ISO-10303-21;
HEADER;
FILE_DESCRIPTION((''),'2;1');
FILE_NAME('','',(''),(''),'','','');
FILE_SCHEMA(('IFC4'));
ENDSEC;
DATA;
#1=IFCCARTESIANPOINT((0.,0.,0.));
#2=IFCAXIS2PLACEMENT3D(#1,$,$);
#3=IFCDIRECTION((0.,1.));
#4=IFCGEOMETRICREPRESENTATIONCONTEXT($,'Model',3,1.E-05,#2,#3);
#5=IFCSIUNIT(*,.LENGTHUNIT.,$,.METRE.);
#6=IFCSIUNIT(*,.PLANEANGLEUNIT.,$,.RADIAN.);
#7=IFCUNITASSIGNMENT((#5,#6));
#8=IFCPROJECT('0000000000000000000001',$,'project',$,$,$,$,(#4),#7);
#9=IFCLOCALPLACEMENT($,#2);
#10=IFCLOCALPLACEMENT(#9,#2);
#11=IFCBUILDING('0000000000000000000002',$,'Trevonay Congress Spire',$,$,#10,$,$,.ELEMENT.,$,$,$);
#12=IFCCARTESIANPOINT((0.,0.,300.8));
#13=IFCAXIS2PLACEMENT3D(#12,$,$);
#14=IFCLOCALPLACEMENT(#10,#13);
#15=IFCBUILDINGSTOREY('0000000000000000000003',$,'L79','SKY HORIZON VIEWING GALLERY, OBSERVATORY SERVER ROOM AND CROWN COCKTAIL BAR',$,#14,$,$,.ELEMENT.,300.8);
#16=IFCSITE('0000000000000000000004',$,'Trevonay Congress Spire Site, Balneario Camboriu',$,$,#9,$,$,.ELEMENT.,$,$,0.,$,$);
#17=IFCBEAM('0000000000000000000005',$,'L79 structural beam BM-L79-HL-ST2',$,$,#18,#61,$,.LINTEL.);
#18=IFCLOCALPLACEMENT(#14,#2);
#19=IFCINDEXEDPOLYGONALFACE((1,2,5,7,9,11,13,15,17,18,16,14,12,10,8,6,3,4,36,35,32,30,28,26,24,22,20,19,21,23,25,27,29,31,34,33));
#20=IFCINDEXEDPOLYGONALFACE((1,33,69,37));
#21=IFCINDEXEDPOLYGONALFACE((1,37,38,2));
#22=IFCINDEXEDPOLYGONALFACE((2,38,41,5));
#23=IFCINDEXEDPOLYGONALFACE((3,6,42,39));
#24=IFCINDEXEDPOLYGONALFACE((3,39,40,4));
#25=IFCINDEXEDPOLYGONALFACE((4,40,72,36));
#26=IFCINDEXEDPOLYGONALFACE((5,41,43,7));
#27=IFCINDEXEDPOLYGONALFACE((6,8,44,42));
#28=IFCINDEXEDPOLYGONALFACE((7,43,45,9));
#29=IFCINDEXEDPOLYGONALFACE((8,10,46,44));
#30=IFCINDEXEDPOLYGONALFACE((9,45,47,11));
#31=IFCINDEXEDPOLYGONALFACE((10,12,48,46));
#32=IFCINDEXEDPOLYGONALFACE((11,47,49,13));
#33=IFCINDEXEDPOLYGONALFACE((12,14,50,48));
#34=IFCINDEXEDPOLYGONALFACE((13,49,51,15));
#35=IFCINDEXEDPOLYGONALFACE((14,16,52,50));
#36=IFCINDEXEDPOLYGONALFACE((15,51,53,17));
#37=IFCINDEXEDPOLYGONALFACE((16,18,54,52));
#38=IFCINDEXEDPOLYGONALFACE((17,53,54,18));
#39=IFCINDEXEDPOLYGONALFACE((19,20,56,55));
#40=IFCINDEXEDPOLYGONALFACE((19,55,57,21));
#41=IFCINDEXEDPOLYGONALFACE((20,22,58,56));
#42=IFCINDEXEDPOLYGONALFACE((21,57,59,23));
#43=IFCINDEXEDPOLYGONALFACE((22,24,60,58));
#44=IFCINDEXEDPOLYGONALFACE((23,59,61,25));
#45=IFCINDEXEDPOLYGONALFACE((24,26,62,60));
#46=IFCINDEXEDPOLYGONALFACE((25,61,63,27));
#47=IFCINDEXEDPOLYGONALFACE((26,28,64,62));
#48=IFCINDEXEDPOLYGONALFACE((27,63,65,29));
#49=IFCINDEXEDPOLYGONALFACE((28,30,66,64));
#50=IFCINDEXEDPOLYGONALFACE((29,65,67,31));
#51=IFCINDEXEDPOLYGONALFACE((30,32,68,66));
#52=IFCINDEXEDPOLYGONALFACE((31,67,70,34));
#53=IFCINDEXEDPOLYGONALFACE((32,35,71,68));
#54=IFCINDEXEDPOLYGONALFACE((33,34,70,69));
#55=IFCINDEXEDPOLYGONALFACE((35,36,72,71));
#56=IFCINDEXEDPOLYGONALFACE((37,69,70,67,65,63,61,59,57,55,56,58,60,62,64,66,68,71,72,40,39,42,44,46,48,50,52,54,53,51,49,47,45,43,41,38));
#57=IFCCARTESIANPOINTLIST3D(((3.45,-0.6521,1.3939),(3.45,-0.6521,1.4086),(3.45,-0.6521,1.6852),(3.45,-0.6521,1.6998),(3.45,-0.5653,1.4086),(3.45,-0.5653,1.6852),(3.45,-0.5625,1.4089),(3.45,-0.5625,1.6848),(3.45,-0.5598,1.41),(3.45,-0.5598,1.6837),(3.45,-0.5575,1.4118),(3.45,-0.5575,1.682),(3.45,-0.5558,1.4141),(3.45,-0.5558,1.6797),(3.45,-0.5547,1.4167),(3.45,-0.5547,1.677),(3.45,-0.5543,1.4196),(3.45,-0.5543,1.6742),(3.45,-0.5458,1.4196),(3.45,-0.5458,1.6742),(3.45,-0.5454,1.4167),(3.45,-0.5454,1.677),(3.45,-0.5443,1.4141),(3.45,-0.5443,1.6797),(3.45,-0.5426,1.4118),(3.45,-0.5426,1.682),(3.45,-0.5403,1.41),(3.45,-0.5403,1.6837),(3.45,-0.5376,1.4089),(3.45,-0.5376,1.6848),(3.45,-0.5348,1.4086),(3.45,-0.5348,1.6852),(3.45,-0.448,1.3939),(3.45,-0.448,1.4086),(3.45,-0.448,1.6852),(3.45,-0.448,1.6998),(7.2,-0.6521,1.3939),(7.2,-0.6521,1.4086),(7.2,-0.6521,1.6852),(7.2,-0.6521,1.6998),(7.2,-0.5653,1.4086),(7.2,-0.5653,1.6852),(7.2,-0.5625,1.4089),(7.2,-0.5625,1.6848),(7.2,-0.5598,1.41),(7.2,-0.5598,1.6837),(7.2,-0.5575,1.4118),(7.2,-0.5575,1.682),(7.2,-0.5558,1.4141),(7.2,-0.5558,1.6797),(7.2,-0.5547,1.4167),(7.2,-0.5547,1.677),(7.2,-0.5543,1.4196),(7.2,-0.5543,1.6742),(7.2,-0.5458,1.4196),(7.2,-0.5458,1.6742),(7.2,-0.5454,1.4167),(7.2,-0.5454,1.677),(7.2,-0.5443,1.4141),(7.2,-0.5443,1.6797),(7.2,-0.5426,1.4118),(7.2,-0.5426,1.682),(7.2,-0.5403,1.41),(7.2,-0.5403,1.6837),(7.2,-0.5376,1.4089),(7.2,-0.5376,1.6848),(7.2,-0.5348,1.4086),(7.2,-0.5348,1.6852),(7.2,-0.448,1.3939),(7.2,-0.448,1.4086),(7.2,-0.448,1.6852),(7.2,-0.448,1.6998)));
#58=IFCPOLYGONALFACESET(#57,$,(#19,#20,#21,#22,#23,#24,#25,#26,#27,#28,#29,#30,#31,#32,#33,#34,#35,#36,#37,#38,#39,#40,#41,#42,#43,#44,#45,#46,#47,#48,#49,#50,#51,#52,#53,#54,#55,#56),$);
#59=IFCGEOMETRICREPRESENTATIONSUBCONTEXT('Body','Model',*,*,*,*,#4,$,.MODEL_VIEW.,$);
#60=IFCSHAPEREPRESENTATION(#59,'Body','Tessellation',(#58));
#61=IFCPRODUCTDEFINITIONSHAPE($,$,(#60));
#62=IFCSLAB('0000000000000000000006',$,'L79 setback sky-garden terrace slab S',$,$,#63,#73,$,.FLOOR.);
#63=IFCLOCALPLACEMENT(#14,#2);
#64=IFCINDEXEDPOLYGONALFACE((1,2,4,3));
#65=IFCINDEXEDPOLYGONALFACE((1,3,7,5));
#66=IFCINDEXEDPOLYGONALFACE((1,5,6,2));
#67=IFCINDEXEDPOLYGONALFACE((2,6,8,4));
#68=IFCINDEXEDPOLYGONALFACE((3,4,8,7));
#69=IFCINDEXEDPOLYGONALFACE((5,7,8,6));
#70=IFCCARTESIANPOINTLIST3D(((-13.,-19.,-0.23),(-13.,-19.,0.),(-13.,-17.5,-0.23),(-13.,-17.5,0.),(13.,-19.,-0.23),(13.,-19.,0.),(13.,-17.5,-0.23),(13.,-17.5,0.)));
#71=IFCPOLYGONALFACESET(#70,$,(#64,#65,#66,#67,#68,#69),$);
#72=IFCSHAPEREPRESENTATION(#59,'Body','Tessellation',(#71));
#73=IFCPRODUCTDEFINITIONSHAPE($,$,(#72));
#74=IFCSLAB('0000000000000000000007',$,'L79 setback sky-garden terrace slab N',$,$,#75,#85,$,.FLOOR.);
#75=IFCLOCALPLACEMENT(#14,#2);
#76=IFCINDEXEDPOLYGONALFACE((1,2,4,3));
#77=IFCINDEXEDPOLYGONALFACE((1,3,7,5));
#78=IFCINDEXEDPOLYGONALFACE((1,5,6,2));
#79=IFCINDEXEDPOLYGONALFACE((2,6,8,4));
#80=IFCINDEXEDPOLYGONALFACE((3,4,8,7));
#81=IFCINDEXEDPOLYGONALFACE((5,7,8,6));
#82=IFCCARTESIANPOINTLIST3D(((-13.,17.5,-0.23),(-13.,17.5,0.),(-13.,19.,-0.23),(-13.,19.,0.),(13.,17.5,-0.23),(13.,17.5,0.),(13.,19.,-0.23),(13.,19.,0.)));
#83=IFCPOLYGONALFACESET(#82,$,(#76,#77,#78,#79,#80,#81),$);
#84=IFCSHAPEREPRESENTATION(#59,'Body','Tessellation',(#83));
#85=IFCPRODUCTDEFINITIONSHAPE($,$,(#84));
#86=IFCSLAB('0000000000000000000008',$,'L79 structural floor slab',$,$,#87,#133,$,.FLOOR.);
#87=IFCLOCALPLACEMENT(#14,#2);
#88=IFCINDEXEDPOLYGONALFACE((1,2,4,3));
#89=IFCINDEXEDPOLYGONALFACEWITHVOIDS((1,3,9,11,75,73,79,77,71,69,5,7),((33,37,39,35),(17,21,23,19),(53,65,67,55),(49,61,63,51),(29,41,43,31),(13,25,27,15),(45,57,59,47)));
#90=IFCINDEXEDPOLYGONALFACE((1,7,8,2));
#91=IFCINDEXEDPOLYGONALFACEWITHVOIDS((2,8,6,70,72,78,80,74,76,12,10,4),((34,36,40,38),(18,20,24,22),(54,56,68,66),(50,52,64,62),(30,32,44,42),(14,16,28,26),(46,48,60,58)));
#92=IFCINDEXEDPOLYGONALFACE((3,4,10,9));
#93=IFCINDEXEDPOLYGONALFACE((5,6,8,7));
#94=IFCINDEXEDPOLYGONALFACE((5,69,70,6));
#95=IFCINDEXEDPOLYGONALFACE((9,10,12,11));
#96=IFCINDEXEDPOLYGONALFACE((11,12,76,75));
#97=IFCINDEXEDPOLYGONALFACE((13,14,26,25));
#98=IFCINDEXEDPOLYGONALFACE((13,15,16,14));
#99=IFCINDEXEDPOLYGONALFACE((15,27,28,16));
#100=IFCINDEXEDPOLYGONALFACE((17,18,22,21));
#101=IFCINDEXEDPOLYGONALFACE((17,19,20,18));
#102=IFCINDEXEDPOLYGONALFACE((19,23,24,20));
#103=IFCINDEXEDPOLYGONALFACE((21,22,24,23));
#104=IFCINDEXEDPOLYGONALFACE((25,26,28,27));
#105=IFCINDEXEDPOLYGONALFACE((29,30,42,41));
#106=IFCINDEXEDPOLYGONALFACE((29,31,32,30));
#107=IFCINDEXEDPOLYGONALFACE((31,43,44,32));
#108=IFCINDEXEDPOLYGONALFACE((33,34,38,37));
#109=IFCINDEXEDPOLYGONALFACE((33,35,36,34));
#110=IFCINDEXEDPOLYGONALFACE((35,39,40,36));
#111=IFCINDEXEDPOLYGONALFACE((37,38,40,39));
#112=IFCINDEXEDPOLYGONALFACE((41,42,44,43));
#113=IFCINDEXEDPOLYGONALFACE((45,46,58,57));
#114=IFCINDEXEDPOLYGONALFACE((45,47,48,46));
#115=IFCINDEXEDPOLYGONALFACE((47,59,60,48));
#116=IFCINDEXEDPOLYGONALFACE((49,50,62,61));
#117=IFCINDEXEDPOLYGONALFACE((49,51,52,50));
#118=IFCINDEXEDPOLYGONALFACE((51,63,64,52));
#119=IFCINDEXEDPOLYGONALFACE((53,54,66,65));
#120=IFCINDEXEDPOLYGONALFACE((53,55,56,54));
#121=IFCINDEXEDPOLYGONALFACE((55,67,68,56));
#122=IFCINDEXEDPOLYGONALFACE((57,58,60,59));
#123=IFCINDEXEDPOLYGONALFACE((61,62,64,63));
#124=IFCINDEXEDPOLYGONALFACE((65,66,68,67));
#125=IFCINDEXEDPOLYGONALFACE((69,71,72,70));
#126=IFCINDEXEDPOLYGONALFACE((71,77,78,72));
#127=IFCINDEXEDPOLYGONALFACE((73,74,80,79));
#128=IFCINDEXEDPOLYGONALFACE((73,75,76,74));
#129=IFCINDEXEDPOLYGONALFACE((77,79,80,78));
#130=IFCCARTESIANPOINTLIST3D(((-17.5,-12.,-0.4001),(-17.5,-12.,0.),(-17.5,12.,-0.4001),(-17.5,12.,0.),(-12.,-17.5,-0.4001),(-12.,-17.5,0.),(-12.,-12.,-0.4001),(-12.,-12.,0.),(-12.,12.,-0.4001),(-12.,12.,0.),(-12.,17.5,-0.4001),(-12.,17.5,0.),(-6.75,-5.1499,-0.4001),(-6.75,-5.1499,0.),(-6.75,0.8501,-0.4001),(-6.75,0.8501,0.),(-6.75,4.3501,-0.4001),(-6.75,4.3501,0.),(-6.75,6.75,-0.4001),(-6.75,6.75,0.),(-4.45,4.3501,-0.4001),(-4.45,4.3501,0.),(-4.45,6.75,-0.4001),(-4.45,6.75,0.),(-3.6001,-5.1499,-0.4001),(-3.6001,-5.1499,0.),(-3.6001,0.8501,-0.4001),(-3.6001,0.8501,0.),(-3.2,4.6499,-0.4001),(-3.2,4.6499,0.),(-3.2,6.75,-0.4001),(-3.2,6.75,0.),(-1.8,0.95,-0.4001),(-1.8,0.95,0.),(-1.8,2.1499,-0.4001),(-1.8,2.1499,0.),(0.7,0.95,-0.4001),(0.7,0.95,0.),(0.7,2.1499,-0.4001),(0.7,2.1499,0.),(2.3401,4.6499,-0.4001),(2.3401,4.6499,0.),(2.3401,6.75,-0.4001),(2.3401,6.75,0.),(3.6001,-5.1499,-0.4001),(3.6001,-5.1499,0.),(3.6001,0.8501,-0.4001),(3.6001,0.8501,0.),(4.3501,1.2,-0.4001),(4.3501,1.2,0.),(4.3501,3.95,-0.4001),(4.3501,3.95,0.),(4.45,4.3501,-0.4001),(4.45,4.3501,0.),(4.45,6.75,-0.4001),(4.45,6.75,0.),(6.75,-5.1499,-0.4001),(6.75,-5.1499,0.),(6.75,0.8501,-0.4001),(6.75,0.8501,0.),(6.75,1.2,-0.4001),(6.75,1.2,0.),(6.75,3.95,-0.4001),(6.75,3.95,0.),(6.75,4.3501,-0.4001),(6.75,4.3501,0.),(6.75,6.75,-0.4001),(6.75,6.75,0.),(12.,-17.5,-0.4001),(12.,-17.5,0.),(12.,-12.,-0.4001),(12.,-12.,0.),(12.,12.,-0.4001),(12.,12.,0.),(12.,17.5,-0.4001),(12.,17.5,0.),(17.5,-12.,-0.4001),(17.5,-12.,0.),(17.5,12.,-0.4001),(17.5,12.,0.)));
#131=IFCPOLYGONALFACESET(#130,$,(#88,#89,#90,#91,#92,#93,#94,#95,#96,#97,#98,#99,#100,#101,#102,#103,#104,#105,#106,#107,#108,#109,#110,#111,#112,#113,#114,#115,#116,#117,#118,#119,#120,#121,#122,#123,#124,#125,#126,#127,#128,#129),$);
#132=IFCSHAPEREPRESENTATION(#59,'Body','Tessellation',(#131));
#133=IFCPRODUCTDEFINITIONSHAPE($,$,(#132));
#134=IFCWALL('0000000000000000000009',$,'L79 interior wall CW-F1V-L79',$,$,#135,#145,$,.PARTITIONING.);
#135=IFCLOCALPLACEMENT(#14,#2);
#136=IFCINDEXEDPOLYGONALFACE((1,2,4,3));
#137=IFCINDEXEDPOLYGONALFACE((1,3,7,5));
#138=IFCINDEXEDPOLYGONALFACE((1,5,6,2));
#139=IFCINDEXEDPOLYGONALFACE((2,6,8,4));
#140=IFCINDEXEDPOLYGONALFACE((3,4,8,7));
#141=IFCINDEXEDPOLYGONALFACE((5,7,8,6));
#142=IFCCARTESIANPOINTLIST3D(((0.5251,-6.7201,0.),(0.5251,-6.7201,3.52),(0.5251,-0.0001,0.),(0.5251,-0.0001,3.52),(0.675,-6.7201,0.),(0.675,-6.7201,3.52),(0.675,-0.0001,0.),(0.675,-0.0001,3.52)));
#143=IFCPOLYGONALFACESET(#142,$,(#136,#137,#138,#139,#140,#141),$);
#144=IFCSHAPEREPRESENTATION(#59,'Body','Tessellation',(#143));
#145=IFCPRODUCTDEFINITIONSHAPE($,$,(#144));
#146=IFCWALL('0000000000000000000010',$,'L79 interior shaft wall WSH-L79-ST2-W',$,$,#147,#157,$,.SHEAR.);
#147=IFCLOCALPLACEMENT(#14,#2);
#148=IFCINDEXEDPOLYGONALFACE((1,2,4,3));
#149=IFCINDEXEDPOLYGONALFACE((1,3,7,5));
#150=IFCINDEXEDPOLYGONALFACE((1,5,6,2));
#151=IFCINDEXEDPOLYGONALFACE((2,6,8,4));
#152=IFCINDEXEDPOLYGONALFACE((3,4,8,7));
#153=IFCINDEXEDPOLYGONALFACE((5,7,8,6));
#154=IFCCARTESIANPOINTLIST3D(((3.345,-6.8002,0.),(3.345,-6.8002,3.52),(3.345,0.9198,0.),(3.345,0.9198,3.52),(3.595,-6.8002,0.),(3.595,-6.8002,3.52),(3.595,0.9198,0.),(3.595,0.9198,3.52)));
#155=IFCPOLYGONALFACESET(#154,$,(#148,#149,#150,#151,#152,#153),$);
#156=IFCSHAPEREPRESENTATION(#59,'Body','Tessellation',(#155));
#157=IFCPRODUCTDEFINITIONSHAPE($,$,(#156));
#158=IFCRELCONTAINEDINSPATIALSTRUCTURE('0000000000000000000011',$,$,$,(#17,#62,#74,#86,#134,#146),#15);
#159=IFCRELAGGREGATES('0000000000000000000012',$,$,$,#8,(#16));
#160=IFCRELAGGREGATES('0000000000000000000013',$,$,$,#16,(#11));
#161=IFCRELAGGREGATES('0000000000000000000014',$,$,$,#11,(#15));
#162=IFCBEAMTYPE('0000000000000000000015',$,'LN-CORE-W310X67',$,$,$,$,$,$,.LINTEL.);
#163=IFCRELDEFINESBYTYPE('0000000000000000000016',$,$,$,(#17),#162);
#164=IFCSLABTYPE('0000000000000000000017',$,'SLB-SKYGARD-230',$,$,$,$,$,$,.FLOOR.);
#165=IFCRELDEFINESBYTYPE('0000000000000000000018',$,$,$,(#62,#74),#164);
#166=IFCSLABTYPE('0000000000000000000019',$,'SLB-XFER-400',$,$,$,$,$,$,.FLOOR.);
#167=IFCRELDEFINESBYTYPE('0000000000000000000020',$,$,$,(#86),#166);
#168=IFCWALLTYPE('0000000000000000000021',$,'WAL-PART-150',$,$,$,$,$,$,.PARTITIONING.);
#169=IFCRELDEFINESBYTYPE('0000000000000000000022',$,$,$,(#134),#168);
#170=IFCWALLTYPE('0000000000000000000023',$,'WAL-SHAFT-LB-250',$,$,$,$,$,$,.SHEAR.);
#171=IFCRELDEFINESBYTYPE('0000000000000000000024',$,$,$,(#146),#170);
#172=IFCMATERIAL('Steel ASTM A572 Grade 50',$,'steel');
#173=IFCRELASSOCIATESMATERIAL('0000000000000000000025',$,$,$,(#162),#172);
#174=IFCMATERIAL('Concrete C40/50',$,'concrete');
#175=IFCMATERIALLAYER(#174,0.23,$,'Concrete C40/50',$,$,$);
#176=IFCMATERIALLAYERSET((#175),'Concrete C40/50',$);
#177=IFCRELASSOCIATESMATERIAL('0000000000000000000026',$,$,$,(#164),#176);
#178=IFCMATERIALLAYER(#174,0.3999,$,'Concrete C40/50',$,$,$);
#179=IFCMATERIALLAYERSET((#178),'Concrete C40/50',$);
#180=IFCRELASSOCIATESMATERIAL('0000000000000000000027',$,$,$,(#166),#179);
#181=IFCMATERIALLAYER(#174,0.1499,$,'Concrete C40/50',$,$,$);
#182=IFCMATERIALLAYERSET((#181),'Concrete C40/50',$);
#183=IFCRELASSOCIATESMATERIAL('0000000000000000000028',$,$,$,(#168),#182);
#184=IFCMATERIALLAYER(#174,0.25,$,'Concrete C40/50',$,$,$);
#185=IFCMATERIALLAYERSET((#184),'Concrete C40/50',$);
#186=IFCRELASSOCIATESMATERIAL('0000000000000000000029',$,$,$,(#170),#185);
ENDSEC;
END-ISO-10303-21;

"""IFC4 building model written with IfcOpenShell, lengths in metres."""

from ifc_helpers import new_model, si_unit, direction, frame, frame_2d, origin, origin_2d, place, context, subcontext, project, spatial, polyline, rectangle, i_section, outline, extrude, material, layer, layer_set, material_profile, profile_set, type_object, element, save


model = new_model("IFC4")

# Units and contexts
model_context = context("Model", 3, precision=1e-05, world=origin(), true_north=direction((0.0, 1.0)))
body_context = subcontext(model_context, "Body", "Model", "MODEL_VIEW")
ifc_project = project(units=[si_unit("LENGTHUNIT", "METRE"), si_unit("PLANEANGLEUNIT", "RADIAN")], contexts=[model_context])

# Site, building, storey
site_placement = place(None, origin())
site = spatial("IfcSite", under=ifc_project, at=site_placement, Name="Trevonay Congress Spire Site, Balneario Camboriu", CompositionType="ELEMENT", RefElevation=0.0)
building_placement = place(site_placement, origin())
building = spatial("IfcBuilding", under=site, at=building_placement, Name="Trevonay Congress Spire", CompositionType="ELEMENT")
storey_placement = place(building_placement, frame((0.0, 0.0, 300.8)))
storey = spatial("IfcBuildingStorey", under=building, at=storey_placement, Name="L79", Description="SKY HORIZON VIEWING GALLERY, OBSERVATORY SERVER ROOM AND CROWN COCKTAIL BAR", CompositionType="ELEMENT", Elevation=300.8)

# Shared definitions
ifc_material_1 = material(Name="Steel ASTM A572 Grade 50", Category="steel")

# Beam
ifc_material_profile_1 = material_profile(ifc_material_1, i_section(OverallWidth=0.2041, OverallDepth=0.3059, WebThickness=0.0085, FlangeThickness=0.0146, FilletRadius=0.011, at=origin_2d()), Name="W310x67")
ifc_profile_set_1 = profile_set([ifc_material_profile_1], Name="Steel ASTM A572 Grade 50")
beam_type_1 = type_object("IfcBeamType", Name="LN-CORE-W310X67", PredefinedType="LINTEL", material=ifc_profile_set_1)
beam_1_placement = place(storey_placement, frame((3.45, -0.55, 1.5469), z_axis=(1.0, 0.0, 0.0), x_axis=(0.0, 1.0, 0.0)))
element("IfcBeam", 1, at=beam_1_placement, inside=storey, type_object=beam_type_1, Name="L79 structural beam BM-L79-HL-ST2", PredefinedType="LINTEL", context=body_context, shape_type="SweptSolid", body=[
    extrude(i_section(OverallWidth=0.2041, OverallDepth=0.3059, WebThickness=0.0085, FlangeThickness=0.0146, FilletRadius=0.011, at=origin_2d()), origin(), (0.0, 0.0, 1.0), 3.75),
])

# Slabs
ifc_material_2 = material(Name="Concrete C40/50", Category="concrete")
ifc_layer_1 = layer(ifc_material_2, 0.23, Name="Concrete C40/50")
ifc_layer_set_1 = layer_set([ifc_layer_1], Name="Concrete C40/50")
slab_type_1 = type_object("IfcSlabType", Name="SLB-SKYGARD-230", PredefinedType="FLOOR", material=ifc_layer_set_1)
slab_1_placement = place(storey_placement, frame((0.0, 0.0, -0.23)))
element("IfcSlab", 2, at=slab_1_placement, inside=storey, type_object=slab_type_1, Name="L79 setback sky-garden terrace slab S", PredefinedType="FLOOR", context=body_context, shape_type="SweptSolid", body=[
    extrude(outline(polyline([(-13.0, -19.0), (13.0, -19.0), (13.0, -17.5), (-13.0, -17.5), (-13.0, -19.0)])), origin(), (0.0, 0.0, 1.0), 0.23),
])
slab_2_placement = place(storey_placement, frame((0.0, 0.0, -0.23)))
element("IfcSlab", 3, at=slab_2_placement, inside=storey, type_object=slab_type_1, Name="L79 setback sky-garden terrace slab N", PredefinedType="FLOOR", context=body_context, shape_type="SweptSolid", body=[
    extrude(outline(polyline([(-13.0, 17.5), (13.0, 17.5), (13.0, 19.0), (-13.0, 19.0), (-13.0, 17.5)])), origin(), (0.0, 0.0, 1.0), 0.23),
])
ifc_layer_2 = layer(ifc_material_2, 0.3999, Name="Concrete C40/50")
ifc_layer_set_2 = layer_set([ifc_layer_2], Name="Concrete C40/50")
slab_type_2 = type_object("IfcSlabType", Name="SLB-XFER-400", PredefinedType="FLOOR", material=ifc_layer_set_2)
slab_3_placement = place(storey_placement, frame((0.0, 0.0, -0.4001)))
element("IfcSlab", 4, at=slab_3_placement, inside=storey, type_object=slab_type_2, Name="L79 structural floor slab", PredefinedType="FLOOR", context=body_context, shape_type="SweptSolid", body=[
    extrude(outline(polyline([(-12.0, -17.5), (12.0, -17.5), (12.0, -12.0), (17.5, -12.0), (17.5, 12.0), (12.0, 12.0), (12.0, 17.5), (-12.0, 17.5), (-12.0, 12.0), (-17.5, 12.0), (-17.5, -12.0), (-12.0, -12.0), (-12.0, -17.5)]), holes=[polyline([(-3.6001, -5.1499), (-3.6001, 0.8501), (-6.75, 0.8501), (-6.75, -5.1499), (-3.6001, -5.1499)]), polyline([(6.75, -5.1499), (6.75, 0.8501), (3.6001, 0.8501), (3.6001, -5.1499), (6.75, -5.1499)]), polyline([(-3.2, 4.6499), (2.3401, 4.6499), (2.3401, 6.75), (-3.2, 6.75), (-3.2, 4.6499)]), polyline([(-6.75, 4.3501), (-4.45, 4.3501), (-4.45, 6.75), (-6.75, 6.75), (-6.75, 4.3501)]), polyline([(4.45, 4.3501), (6.75, 4.3501), (6.75, 6.75), (4.45, 6.75), (4.45, 4.3501)]), polyline([(4.3501, 1.2), (6.75, 1.2), (6.75, 3.95), (4.3501, 3.95), (4.3501, 1.2)]), polyline([(-1.8, 0.95), (0.7, 0.95), (0.7, 2.1499), (-1.8, 2.1499), (-1.8, 0.95)])]), origin(), (0.0, 0.0, 1.0), 0.4001),
])

# Walls
ifc_layer_3 = layer(ifc_material_2, 0.1499, Name="Concrete C40/50")
ifc_layer_set_3 = layer_set([ifc_layer_3], Name="Concrete C40/50")
wall_type_1 = type_object("IfcWallType", Name="WAL-PART-150", PredefinedType="PARTITIONING", material=ifc_layer_set_3)
wall_1_placement = place(storey_placement, frame((0.6001, -6.72, 0.0), z_axis=(0.0, 0.0, 1.0), x_axis=(0.0, 1.0, 0.0)))
element("IfcWall", 5, at=wall_1_placement, inside=storey, type_object=wall_type_1, Name="L79 interior wall CW-F1V-L79", PredefinedType="PARTITIONING", context=body_context, shape_type="SweptSolid", body=[
    extrude(rectangle(XDim=6.72, YDim=0.1499, at=frame_2d((3.3599, 0.0))), origin(), (0.0, 0.0, 1.0), 3.52),
])
ifc_layer_4 = layer(ifc_material_2, 0.25, Name="Concrete C40/50")
ifc_layer_set_4 = layer_set([ifc_layer_4], Name="Concrete C40/50")
wall_type_2 = type_object("IfcWallType", Name="WAL-SHAFT-LB-250", PredefinedType="SHEAR", material=ifc_layer_set_4)
wall_2_placement = place(storey_placement, frame((3.47, -6.8, 0.0), z_axis=(0.0, 0.0, 1.0), x_axis=(0.0, 1.0, 0.0)))
element("IfcWall", 6, at=wall_2_placement, inside=storey, type_object=wall_type_2, Name="L79 interior shaft wall WSH-L79-ST2-W", PredefinedType="SHEAR", context=body_context, shape_type="SweptSolid", body=[
    extrude(rectangle(XDim=7.72, YDim=0.25, at=frame_2d((3.8599, 0.0))), origin(), (0.0, 0.0, 1.0), 3.52),
])

save(model, "model.ifc")
